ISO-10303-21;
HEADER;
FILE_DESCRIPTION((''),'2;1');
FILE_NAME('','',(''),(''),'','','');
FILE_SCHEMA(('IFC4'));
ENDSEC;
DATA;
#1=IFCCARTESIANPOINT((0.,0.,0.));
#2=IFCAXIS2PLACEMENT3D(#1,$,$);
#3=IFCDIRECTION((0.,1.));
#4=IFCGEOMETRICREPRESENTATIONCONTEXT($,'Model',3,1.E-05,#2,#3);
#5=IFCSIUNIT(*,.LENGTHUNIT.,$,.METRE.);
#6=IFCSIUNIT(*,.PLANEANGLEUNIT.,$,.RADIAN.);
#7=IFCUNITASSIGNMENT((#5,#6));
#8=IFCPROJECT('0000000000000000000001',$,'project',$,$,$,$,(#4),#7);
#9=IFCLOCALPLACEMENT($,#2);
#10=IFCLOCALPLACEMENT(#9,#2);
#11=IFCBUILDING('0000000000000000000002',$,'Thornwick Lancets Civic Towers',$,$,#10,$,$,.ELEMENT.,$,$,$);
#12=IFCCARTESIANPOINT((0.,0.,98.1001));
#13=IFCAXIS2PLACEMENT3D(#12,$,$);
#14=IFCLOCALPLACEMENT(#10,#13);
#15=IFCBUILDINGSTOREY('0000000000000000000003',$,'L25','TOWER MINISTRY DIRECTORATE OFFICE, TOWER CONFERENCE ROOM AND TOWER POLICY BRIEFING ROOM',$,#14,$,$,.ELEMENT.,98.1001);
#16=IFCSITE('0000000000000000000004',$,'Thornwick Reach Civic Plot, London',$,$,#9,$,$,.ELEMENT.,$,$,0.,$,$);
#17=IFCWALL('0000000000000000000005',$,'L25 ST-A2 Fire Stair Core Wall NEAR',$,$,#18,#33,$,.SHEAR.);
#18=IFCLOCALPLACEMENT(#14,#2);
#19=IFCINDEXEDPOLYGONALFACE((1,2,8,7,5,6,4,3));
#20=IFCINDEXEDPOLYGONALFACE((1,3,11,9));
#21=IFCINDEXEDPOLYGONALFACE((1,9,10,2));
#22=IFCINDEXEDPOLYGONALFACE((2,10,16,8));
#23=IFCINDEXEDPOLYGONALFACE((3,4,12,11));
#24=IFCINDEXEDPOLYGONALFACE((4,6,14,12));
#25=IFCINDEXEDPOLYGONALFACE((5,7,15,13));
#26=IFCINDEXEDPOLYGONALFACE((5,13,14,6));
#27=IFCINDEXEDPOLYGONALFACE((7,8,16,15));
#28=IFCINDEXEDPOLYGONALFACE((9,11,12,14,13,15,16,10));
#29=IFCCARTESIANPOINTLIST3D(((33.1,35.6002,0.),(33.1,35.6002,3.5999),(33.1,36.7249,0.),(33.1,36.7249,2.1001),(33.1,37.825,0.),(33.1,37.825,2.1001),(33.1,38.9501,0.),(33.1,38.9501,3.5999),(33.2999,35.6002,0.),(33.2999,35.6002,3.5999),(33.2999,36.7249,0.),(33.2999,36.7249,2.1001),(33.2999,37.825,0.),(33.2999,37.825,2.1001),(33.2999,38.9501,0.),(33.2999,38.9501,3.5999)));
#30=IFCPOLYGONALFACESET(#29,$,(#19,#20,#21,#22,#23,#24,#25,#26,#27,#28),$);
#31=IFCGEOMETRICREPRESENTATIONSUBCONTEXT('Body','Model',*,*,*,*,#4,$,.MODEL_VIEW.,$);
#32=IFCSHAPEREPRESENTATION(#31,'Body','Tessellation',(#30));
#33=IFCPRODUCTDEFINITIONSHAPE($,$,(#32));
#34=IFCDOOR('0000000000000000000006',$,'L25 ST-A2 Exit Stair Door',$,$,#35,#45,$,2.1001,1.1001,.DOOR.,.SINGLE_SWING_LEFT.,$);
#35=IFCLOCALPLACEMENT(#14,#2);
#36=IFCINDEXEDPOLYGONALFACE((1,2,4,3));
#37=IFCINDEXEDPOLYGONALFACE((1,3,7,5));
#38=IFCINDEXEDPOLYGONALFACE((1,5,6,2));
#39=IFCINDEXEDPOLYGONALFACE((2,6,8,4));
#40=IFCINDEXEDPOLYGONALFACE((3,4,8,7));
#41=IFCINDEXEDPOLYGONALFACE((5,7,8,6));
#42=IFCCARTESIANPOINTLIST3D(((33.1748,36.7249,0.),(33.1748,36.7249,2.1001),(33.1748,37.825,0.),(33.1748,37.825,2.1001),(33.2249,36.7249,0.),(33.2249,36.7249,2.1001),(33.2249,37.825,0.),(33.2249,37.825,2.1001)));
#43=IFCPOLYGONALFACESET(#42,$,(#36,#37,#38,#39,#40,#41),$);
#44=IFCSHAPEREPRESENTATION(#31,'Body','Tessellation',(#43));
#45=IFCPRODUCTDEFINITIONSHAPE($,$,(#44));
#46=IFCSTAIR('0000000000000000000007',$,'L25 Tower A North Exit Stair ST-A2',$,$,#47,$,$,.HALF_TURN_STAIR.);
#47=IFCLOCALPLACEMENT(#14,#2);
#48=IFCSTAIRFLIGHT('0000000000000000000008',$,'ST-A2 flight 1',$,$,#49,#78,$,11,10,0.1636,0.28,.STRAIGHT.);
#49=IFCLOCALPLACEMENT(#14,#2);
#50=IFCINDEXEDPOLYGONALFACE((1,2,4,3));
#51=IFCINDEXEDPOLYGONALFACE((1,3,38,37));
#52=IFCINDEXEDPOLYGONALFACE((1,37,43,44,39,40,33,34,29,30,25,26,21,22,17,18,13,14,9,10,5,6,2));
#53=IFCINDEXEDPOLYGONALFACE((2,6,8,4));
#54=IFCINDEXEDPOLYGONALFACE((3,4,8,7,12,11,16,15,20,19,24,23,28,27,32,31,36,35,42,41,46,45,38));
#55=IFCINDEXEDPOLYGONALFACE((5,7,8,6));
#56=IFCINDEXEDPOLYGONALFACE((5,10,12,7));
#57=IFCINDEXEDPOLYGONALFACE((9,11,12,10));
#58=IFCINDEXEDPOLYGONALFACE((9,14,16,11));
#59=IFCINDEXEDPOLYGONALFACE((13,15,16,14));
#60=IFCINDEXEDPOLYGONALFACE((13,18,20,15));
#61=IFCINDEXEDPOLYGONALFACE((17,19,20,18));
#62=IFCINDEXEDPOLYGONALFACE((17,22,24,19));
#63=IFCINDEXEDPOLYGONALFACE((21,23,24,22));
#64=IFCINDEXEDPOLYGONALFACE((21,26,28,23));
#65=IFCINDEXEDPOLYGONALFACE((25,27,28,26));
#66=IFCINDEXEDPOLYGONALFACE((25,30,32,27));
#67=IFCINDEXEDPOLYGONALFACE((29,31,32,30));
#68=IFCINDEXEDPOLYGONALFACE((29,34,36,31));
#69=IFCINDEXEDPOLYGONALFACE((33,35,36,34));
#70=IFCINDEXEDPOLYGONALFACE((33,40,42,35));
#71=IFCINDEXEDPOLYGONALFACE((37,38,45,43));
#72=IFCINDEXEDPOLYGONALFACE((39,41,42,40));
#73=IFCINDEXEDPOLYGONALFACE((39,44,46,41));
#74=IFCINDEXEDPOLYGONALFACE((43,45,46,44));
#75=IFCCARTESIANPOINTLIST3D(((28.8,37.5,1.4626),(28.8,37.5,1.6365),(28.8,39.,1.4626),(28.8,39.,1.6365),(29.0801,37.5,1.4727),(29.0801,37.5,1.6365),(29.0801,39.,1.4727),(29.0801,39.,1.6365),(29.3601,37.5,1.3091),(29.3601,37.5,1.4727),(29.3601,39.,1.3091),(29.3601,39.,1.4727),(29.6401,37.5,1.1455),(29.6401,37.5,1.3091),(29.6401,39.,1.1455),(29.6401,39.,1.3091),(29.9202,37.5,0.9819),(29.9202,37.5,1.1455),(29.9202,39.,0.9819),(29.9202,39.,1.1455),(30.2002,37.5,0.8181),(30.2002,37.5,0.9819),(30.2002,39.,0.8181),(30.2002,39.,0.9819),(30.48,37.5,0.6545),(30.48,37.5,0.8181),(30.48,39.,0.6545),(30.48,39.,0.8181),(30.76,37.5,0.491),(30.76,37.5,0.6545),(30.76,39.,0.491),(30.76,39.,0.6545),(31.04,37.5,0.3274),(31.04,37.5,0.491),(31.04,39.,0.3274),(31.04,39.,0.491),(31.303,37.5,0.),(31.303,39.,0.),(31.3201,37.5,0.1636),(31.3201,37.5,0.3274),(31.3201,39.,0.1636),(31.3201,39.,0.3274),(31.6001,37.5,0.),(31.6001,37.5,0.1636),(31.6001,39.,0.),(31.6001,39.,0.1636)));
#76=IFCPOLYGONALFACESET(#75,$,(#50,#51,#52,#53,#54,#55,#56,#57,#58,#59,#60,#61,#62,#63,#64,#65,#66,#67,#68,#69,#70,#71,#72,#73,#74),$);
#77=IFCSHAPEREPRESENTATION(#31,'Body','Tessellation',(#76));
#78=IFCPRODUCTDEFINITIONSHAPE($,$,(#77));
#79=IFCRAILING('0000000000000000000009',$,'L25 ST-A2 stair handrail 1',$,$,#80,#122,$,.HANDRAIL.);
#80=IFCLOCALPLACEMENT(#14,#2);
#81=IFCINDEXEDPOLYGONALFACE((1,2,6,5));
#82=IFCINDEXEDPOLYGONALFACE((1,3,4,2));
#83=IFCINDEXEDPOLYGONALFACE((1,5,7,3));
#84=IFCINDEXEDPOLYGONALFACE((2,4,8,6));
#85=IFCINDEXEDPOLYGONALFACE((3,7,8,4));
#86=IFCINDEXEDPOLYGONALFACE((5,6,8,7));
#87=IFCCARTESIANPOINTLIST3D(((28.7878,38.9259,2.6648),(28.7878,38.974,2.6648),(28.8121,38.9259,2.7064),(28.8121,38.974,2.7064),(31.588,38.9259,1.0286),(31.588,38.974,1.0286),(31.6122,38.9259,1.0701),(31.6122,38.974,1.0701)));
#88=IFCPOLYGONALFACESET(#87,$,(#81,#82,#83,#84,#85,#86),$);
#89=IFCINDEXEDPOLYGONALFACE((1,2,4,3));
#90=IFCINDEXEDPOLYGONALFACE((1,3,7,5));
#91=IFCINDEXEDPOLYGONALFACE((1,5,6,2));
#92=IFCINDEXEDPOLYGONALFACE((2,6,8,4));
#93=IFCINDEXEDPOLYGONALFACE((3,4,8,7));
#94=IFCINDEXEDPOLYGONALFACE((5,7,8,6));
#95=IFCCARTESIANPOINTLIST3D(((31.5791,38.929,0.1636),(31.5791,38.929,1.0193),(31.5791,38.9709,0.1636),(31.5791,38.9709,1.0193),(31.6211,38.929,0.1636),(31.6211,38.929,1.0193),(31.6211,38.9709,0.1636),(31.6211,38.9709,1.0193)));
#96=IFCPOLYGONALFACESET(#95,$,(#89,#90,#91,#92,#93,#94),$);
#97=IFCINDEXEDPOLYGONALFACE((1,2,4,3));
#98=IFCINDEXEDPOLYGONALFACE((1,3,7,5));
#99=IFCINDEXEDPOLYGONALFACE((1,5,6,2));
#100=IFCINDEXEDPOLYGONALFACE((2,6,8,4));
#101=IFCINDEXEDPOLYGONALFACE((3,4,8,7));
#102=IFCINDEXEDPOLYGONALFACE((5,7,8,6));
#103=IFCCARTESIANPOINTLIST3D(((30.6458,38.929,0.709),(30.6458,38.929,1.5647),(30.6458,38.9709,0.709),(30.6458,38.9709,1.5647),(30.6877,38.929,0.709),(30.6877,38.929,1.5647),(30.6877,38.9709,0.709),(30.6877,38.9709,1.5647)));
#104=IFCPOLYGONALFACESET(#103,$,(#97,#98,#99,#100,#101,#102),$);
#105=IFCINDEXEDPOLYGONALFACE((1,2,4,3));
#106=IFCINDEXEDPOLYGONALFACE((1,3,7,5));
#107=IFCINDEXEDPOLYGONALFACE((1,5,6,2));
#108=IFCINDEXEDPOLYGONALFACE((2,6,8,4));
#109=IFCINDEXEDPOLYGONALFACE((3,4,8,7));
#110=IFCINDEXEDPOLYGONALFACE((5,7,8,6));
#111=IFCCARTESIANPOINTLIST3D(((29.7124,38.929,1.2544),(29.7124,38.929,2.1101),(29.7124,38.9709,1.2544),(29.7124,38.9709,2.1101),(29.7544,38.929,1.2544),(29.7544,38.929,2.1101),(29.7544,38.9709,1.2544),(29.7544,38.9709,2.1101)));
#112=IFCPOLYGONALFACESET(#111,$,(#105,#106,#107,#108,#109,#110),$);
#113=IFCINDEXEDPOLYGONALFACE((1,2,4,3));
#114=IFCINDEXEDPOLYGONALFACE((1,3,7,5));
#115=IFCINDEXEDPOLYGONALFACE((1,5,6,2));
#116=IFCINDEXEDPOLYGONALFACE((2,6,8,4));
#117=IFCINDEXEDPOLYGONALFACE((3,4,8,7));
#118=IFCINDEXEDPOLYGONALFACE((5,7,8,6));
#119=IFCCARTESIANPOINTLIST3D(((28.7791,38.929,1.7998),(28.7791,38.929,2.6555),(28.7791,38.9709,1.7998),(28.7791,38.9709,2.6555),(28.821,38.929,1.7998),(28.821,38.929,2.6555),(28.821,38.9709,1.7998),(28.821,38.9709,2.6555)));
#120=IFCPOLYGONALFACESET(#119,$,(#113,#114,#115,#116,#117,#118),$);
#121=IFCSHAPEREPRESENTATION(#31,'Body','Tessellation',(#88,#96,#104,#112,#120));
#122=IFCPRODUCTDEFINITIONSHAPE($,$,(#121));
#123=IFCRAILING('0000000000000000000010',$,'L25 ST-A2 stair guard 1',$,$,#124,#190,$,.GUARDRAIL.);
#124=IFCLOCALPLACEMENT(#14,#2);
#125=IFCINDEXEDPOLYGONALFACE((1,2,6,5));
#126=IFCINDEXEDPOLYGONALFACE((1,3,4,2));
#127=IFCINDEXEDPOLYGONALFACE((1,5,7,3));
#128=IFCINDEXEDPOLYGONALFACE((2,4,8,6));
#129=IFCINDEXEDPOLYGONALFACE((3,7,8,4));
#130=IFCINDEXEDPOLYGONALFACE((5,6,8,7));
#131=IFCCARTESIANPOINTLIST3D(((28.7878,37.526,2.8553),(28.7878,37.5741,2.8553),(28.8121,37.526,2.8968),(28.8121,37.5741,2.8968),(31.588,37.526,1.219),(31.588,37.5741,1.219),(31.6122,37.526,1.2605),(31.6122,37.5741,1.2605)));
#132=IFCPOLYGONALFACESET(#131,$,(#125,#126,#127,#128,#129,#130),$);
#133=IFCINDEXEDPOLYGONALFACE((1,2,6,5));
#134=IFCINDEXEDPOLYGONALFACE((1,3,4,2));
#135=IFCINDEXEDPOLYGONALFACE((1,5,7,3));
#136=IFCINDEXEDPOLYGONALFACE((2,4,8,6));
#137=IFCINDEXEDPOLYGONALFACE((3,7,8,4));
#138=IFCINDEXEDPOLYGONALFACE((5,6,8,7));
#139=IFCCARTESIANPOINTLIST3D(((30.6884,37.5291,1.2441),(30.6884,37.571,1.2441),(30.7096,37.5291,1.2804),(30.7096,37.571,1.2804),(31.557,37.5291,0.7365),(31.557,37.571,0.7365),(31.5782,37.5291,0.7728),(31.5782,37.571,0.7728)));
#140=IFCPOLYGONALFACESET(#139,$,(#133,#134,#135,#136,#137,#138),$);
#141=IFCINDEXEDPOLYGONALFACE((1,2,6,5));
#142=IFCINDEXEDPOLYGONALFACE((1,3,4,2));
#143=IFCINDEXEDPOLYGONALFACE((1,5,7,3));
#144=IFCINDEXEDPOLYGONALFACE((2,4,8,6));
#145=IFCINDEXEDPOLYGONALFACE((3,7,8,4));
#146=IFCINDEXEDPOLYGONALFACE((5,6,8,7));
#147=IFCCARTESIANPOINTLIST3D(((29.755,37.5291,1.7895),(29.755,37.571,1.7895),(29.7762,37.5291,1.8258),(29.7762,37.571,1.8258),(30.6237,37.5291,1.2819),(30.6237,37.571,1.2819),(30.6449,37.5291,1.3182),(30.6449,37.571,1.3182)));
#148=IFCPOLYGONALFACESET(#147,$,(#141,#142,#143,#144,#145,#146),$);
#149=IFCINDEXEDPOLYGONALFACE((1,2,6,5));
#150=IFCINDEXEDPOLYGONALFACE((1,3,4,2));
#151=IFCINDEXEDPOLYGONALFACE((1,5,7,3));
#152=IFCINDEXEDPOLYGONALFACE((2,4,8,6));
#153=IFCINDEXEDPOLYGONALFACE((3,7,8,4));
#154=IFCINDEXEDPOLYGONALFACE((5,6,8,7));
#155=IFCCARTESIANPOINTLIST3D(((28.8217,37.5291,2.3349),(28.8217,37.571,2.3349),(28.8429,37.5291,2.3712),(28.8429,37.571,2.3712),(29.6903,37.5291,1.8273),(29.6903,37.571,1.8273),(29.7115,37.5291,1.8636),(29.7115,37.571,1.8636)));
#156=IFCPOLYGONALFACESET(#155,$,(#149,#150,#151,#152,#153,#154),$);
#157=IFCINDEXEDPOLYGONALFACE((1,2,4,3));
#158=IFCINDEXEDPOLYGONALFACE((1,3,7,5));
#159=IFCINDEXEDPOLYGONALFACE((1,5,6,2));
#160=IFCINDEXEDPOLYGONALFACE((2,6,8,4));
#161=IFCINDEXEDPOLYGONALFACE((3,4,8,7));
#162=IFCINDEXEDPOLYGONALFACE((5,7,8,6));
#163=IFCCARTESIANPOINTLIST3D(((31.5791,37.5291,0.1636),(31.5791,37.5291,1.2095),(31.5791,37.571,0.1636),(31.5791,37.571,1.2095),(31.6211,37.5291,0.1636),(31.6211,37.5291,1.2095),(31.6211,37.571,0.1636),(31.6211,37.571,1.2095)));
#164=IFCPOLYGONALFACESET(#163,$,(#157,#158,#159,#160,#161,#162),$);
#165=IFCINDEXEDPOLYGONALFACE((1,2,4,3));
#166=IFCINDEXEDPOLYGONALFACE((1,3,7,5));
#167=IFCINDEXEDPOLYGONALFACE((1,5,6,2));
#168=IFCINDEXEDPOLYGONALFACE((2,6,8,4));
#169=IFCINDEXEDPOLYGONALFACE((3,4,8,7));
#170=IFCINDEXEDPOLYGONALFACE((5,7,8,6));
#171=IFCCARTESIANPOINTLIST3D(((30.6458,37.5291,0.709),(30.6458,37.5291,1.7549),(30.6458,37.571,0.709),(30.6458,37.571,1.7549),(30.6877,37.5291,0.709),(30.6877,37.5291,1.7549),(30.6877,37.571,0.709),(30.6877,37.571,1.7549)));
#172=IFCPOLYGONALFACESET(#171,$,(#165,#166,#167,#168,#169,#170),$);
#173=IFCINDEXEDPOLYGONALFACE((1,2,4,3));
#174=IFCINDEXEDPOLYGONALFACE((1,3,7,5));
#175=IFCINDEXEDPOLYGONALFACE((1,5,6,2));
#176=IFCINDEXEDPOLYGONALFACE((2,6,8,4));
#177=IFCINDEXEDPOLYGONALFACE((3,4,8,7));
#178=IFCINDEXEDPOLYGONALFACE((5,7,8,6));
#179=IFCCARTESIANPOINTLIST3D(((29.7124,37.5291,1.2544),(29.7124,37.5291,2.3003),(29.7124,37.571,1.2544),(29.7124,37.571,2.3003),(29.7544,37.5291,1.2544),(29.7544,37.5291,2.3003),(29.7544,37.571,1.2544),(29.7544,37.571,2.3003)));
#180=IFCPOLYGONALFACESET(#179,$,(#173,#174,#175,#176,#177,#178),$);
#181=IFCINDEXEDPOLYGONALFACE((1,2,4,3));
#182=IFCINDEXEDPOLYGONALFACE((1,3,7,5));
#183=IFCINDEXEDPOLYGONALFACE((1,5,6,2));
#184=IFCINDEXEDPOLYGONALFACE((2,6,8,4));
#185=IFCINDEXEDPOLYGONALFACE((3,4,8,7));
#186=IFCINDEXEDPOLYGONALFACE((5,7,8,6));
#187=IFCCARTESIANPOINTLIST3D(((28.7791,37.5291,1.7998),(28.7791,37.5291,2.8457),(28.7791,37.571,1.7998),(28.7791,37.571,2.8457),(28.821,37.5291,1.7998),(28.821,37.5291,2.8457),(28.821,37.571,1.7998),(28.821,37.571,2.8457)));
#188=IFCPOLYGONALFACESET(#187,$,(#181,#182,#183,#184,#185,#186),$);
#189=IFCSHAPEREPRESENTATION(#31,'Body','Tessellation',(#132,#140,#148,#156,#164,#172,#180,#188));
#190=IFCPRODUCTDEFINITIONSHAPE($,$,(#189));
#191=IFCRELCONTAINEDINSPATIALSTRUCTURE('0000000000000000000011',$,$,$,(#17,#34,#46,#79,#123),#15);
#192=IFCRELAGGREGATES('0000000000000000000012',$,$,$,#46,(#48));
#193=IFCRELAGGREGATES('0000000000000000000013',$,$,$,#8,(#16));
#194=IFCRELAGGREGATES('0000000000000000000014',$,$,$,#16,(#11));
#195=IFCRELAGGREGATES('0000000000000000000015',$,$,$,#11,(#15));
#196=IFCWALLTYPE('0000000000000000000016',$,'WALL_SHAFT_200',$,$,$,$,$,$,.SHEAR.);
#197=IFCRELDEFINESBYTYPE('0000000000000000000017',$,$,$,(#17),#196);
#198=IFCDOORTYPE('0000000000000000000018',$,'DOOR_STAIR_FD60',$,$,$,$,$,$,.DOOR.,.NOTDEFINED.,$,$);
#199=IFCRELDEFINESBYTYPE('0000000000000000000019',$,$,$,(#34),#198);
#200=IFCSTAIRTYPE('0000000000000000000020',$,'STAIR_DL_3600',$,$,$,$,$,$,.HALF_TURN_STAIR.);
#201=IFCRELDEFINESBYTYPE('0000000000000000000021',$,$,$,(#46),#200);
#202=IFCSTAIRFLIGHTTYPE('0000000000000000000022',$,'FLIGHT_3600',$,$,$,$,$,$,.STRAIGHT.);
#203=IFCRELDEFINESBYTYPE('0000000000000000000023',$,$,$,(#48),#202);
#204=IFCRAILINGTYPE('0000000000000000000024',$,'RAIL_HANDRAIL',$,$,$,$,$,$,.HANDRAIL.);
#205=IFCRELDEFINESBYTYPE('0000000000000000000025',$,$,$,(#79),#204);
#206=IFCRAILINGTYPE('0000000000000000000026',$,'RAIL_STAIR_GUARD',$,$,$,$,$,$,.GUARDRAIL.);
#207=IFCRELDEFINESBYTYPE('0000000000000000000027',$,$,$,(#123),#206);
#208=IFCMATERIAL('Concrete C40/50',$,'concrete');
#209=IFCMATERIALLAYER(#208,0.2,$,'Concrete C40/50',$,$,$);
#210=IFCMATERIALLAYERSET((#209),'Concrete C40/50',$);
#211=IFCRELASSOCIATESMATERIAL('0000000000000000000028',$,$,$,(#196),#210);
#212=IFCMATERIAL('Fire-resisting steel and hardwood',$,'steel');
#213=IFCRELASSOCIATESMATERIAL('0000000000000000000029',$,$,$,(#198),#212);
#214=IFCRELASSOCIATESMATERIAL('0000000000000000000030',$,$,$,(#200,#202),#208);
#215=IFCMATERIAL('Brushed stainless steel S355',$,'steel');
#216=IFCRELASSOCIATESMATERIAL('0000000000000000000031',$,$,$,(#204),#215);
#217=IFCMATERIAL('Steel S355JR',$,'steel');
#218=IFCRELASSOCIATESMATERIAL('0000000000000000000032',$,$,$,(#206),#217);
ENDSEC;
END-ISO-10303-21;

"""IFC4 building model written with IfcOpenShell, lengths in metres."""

from ifc_helpers import new_model, si_unit, direction, frame, frame_2d, origin, origin_2d, place, context, subcontext, project, spatial, polyline, rectangle, outline, extrude, material, layer, layer_set, type_object, element, fill, aggregate, save


model = new_model("IFC4")

# Units and contexts
model_context = context("Model", 3, precision=1e-05, world=origin(), true_north=direction((0.0, 1.0)))
body_context = subcontext(model_context, "Body", "Model", "MODEL_VIEW")
ifc_project = project(units=[si_unit("LENGTHUNIT", "METRE"), si_unit("PLANEANGLEUNIT", "RADIAN")], contexts=[model_context])

# Site, building, storey
site_placement = place(None, origin())
site = spatial("IfcSite", under=ifc_project, at=site_placement, Name="Thornwick Reach Civic Plot, London", CompositionType="ELEMENT", RefElevation=0.0)
building_placement = place(site_placement, origin())
building = spatial("IfcBuilding", under=site, at=building_placement, Name="Thornwick Lancets Civic Towers", CompositionType="ELEMENT")
storey_placement = place(building_placement, frame((0.0, 0.0, 98.1001)))
storey = spatial("IfcBuildingStorey", under=building, at=storey_placement, Name="L25", Description="TOWER MINISTRY DIRECTORATE OFFICE, TOWER CONFERENCE ROOM AND TOWER POLICY BRIEFING ROOM", CompositionType="ELEMENT", Elevation=98.1001)

# Shared definitions
ifc_material_1 = material(Name="Steel S355JR", Category="steel")
ifc_material_2 = material(Name="Concrete C40/50", Category="concrete")

# Wall, opening, door
ifc_layer_1 = layer(ifc_material_2, 0.2, Name="Concrete C40/50")
ifc_layer_set_1 = layer_set([ifc_layer_1], Name="Concrete C40/50")
wall_type_1 = type_object("IfcWallType", Name="WALL_SHAFT_200", PredefinedType="SHEAR", material=ifc_layer_set_1)
wall_1_placement = place(storey_placement, frame((33.2, 38.95, 0.0), z_axis=(0.0, 0.0, 1.0), x_axis=(0.0, -1.0, 0.0)))
wall_1 = element("IfcWall", 1, at=wall_1_placement, inside=storey, type_object=wall_type_1, Name="L25 ST-A2 Fire Stair Core Wall NEAR", PredefinedType="SHEAR", context=body_context, shape_type="SweptSolid", body=[
    extrude(rectangle(XDim=3.3499, YDim=0.2, at=frame_2d((1.6748, 0.0))), origin(), (0.0, 0.0, 1.0), 3.5999),
])
opening_1_placement = place(wall_1_placement, frame((1.125, 0.0, 0.0)))
opening_1 = element("IfcOpeningElement", 2, at=opening_1_placement, cuts=wall_1, PredefinedType="OPENING", context=body_context, shape_type="SweptSolid", body=[
    extrude(rectangle(XDim=1.1001, YDim=2.1001, at=frame_2d((0.55, 1.05))), frame((0.0, 0.1099, 0.0), z_axis=(0.0, -1.0, 0.0), x_axis=(1.0, 0.0, 0.0)), (0.0, 0.0, 1.0), 0.22),
])
ifc_material_3 = material(Name="Fire-resisting steel and hardwood", Category="steel")
door_type_1 = type_object("IfcDoorType", Name="DOOR_STAIR_FD60", OperationType="NOTDEFINED", PredefinedType="DOOR", material=ifc_material_3)
door_1_placement = place(opening_1_placement, origin())
door_1 = element("IfcDoor", 3, at=door_1_placement, inside=storey, type_object=door_type_1, Name="L25 ST-A2 Exit Stair Door", OperationType="SINGLE_SWING_LEFT", OverallHeight=2.1001, OverallWidth=1.1001, PredefinedType="DOOR", context=body_context, shape_type="SweptSolid", body=[
    extrude(rectangle(XDim=1.1001, YDim=2.1001, at=frame_2d((0.55, 1.05))), frame((0.0, 0.0249, 0.0), z_axis=(0.0, -1.0, 0.0), x_axis=(1.0, 0.0, 0.0)), (0.0, 0.0, 1.0), 0.05),
])
fill(opening_1, door_1)

# Stair, stair flight
stair_type = type_object("IfcStairType", Name="STAIR_DL_3600", PredefinedType="HALF_TURN_STAIR", material=ifc_material_2)
stair_placement = place(storey_placement, origin())
stair = element("IfcStair", 4, at=stair_placement, inside=storey, type_object=stair_type, Name="L25 Tower A North Exit Stair ST-A2", PredefinedType="HALF_TURN_STAIR")
stair_flight_type = type_object("IfcStairFlightType", Name="FLIGHT_3600", PredefinedType="STRAIGHT", material=ifc_material_2)
stair_flight_placement = place(storey_placement, frame((31.6001, 38.25, 0.0), z_axis=(0.0, 0.0, 1.0), x_axis=(-1.0, 0.0, 0.0)))
stair_flight = element("IfcStairFlight", 5, at=stair_flight_placement, type_object=stair_flight_type, Name="ST-A2 flight 1", NumberOfRisers=11, NumberOfTreads=10, PredefinedType="STRAIGHT", RiserHeight=0.1636, TreadLength=0.28, context=body_context, shape_type="SweptSolid", body=[
    extrude(outline(polyline([(0.0, 0.0), (0.0, 0.1636), (0.28, 0.1636), (0.28, 0.3274), (0.5601, 0.3274), (0.5601, 0.491), (0.8401, 0.491), (0.8401, 0.6545), (1.1201, 0.6545), (1.1201, 0.8181), (1.3999, 0.8181), (1.3999, 0.9819), (1.6799, 0.9819), (1.6799, 1.1455), (1.96, 1.1455), (1.96, 1.3091), (2.24, 1.3091), (2.24, 1.4727), (2.52, 1.4727), (2.52, 1.6365), (2.8, 1.6365), (2.8, 1.8), (2.8, 1.4626), (0.2971, 0.0), (0.0, 0.0)])), frame((0.0, 0.75, 0.0), z_axis=(0.0, -1.0, 0.0), x_axis=(1.0, 0.0, 0.0)), (0.0, 0.0, 1.0), 1.5),
])
aggregate(stair, [stair_flight])

# Railings
ifc_material_4 = material(Name="Brushed stainless steel S355", Category="steel")
railing_type_1 = type_object("IfcRailingType", Name="RAIL_HANDRAIL", PredefinedType="HANDRAIL", material=ifc_material_4)
railing_1_placement = place(storey_placement, frame((31.6001, 38.95, 0.1636)))
element("IfcRailing", 6, at=railing_1_placement, inside=storey, type_object=railing_type_1, Name="L25 ST-A2 stair handrail 1", PredefinedType="HANDRAIL", context=body_context, shape_type="SweptSolid", body=[
    extrude(rectangle(XDim=0.0481, YDim=0.0481, at=origin_2d()), frame((0.0, 0.0, 0.8857), z_axis=(-0.863394, 0.0, 0.504531), x_axis=(0.0, -1.0, 0.0)), (0.0, 0.0, 1.0), 3.2432),
    extrude(rectangle(XDim=0.042, YDim=0.042, at=origin_2d()), origin(), (0.0, 0.0, 1.0), 0.8557),
    extrude(rectangle(XDim=0.042, YDim=0.042, at=origin_2d()), frame((-0.9333, 0.0, 0.5454)), (0.0, 0.0, 1.0), 0.8557),
    extrude(rectangle(XDim=0.042, YDim=0.042, at=origin_2d()), frame((-1.8667, 0.0, 1.0908)), (0.0, 0.0, 1.0), 0.8557),
    extrude(rectangle(XDim=0.042, YDim=0.042, at=origin_2d()), frame((-2.8, 0.0, 1.6362)), (0.0, 0.0, 1.0), 0.8557),
])
railing_type_2 = type_object("IfcRailingType", Name="RAIL_STAIR_GUARD", PredefinedType="GUARDRAIL", material=ifc_material_1)
railing_2_placement = place(storey_placement, frame((31.6001, 37.55, 0.1636)))
element("IfcRailing", 7, at=railing_2_placement, inside=storey, type_object=railing_type_2, Name="L25 ST-A2 stair guard 1", PredefinedType="GUARDRAIL", context=body_context, shape_type="SweptSolid", body=[
    extrude(rectangle(XDim=0.0481, YDim=0.0481, at=origin_2d()), frame((0.0, 0.0, 1.0762), z_axis=(-0.863394, 0.0, 0.504531), x_axis=(0.0, -1.0, 0.0)), (0.0, 0.0, 1.0), 3.2432),
    extrude(rectangle(XDim=0.042, YDim=0.042, at=origin_2d()), frame((-0.0325, 0.0, 0.5911), z_axis=(-0.863394, 0.0, 0.504531), x_axis=(0.0, -1.0, 0.0)), (0.0, 0.0, 1.0), 1.0061),
    extrude(rectangle(XDim=0.042, YDim=0.042, at=origin_2d()), frame((-0.9658, 0.0, 1.1365), z_axis=(-0.863394, 0.0, 0.504531), x_axis=(0.0, -1.0, 0.0)), (0.0, 0.0, 1.0), 1.0061),
    extrude(rectangle(XDim=0.042, YDim=0.042, at=origin_2d()), frame((-1.8992, 0.0, 1.6819), z_axis=(-0.863394, 0.0, 0.504531), x_axis=(0.0, -1.0, 0.0)), (0.0, 0.0, 1.0), 1.0061),
    extrude(rectangle(XDim=0.042, YDim=0.042, at=origin_2d()), origin(), (0.0, 0.0, 1.0), 1.0459),
    extrude(rectangle(XDim=0.042, YDim=0.042, at=origin_2d()), frame((-0.9333, 0.0, 0.5454)), (0.0, 0.0, 1.0), 1.0459),
    extrude(rectangle(XDim=0.042, YDim=0.042, at=origin_2d()), frame((-1.8667, 0.0, 1.0908)), (0.0, 0.0, 1.0), 1.0459),
    extrude(rectangle(XDim=0.042, YDim=0.042, at=origin_2d()), frame((-2.8, 0.0, 1.6362)), (0.0, 0.0, 1.0), 1.0459),
])

save(model, "model.ifc")
